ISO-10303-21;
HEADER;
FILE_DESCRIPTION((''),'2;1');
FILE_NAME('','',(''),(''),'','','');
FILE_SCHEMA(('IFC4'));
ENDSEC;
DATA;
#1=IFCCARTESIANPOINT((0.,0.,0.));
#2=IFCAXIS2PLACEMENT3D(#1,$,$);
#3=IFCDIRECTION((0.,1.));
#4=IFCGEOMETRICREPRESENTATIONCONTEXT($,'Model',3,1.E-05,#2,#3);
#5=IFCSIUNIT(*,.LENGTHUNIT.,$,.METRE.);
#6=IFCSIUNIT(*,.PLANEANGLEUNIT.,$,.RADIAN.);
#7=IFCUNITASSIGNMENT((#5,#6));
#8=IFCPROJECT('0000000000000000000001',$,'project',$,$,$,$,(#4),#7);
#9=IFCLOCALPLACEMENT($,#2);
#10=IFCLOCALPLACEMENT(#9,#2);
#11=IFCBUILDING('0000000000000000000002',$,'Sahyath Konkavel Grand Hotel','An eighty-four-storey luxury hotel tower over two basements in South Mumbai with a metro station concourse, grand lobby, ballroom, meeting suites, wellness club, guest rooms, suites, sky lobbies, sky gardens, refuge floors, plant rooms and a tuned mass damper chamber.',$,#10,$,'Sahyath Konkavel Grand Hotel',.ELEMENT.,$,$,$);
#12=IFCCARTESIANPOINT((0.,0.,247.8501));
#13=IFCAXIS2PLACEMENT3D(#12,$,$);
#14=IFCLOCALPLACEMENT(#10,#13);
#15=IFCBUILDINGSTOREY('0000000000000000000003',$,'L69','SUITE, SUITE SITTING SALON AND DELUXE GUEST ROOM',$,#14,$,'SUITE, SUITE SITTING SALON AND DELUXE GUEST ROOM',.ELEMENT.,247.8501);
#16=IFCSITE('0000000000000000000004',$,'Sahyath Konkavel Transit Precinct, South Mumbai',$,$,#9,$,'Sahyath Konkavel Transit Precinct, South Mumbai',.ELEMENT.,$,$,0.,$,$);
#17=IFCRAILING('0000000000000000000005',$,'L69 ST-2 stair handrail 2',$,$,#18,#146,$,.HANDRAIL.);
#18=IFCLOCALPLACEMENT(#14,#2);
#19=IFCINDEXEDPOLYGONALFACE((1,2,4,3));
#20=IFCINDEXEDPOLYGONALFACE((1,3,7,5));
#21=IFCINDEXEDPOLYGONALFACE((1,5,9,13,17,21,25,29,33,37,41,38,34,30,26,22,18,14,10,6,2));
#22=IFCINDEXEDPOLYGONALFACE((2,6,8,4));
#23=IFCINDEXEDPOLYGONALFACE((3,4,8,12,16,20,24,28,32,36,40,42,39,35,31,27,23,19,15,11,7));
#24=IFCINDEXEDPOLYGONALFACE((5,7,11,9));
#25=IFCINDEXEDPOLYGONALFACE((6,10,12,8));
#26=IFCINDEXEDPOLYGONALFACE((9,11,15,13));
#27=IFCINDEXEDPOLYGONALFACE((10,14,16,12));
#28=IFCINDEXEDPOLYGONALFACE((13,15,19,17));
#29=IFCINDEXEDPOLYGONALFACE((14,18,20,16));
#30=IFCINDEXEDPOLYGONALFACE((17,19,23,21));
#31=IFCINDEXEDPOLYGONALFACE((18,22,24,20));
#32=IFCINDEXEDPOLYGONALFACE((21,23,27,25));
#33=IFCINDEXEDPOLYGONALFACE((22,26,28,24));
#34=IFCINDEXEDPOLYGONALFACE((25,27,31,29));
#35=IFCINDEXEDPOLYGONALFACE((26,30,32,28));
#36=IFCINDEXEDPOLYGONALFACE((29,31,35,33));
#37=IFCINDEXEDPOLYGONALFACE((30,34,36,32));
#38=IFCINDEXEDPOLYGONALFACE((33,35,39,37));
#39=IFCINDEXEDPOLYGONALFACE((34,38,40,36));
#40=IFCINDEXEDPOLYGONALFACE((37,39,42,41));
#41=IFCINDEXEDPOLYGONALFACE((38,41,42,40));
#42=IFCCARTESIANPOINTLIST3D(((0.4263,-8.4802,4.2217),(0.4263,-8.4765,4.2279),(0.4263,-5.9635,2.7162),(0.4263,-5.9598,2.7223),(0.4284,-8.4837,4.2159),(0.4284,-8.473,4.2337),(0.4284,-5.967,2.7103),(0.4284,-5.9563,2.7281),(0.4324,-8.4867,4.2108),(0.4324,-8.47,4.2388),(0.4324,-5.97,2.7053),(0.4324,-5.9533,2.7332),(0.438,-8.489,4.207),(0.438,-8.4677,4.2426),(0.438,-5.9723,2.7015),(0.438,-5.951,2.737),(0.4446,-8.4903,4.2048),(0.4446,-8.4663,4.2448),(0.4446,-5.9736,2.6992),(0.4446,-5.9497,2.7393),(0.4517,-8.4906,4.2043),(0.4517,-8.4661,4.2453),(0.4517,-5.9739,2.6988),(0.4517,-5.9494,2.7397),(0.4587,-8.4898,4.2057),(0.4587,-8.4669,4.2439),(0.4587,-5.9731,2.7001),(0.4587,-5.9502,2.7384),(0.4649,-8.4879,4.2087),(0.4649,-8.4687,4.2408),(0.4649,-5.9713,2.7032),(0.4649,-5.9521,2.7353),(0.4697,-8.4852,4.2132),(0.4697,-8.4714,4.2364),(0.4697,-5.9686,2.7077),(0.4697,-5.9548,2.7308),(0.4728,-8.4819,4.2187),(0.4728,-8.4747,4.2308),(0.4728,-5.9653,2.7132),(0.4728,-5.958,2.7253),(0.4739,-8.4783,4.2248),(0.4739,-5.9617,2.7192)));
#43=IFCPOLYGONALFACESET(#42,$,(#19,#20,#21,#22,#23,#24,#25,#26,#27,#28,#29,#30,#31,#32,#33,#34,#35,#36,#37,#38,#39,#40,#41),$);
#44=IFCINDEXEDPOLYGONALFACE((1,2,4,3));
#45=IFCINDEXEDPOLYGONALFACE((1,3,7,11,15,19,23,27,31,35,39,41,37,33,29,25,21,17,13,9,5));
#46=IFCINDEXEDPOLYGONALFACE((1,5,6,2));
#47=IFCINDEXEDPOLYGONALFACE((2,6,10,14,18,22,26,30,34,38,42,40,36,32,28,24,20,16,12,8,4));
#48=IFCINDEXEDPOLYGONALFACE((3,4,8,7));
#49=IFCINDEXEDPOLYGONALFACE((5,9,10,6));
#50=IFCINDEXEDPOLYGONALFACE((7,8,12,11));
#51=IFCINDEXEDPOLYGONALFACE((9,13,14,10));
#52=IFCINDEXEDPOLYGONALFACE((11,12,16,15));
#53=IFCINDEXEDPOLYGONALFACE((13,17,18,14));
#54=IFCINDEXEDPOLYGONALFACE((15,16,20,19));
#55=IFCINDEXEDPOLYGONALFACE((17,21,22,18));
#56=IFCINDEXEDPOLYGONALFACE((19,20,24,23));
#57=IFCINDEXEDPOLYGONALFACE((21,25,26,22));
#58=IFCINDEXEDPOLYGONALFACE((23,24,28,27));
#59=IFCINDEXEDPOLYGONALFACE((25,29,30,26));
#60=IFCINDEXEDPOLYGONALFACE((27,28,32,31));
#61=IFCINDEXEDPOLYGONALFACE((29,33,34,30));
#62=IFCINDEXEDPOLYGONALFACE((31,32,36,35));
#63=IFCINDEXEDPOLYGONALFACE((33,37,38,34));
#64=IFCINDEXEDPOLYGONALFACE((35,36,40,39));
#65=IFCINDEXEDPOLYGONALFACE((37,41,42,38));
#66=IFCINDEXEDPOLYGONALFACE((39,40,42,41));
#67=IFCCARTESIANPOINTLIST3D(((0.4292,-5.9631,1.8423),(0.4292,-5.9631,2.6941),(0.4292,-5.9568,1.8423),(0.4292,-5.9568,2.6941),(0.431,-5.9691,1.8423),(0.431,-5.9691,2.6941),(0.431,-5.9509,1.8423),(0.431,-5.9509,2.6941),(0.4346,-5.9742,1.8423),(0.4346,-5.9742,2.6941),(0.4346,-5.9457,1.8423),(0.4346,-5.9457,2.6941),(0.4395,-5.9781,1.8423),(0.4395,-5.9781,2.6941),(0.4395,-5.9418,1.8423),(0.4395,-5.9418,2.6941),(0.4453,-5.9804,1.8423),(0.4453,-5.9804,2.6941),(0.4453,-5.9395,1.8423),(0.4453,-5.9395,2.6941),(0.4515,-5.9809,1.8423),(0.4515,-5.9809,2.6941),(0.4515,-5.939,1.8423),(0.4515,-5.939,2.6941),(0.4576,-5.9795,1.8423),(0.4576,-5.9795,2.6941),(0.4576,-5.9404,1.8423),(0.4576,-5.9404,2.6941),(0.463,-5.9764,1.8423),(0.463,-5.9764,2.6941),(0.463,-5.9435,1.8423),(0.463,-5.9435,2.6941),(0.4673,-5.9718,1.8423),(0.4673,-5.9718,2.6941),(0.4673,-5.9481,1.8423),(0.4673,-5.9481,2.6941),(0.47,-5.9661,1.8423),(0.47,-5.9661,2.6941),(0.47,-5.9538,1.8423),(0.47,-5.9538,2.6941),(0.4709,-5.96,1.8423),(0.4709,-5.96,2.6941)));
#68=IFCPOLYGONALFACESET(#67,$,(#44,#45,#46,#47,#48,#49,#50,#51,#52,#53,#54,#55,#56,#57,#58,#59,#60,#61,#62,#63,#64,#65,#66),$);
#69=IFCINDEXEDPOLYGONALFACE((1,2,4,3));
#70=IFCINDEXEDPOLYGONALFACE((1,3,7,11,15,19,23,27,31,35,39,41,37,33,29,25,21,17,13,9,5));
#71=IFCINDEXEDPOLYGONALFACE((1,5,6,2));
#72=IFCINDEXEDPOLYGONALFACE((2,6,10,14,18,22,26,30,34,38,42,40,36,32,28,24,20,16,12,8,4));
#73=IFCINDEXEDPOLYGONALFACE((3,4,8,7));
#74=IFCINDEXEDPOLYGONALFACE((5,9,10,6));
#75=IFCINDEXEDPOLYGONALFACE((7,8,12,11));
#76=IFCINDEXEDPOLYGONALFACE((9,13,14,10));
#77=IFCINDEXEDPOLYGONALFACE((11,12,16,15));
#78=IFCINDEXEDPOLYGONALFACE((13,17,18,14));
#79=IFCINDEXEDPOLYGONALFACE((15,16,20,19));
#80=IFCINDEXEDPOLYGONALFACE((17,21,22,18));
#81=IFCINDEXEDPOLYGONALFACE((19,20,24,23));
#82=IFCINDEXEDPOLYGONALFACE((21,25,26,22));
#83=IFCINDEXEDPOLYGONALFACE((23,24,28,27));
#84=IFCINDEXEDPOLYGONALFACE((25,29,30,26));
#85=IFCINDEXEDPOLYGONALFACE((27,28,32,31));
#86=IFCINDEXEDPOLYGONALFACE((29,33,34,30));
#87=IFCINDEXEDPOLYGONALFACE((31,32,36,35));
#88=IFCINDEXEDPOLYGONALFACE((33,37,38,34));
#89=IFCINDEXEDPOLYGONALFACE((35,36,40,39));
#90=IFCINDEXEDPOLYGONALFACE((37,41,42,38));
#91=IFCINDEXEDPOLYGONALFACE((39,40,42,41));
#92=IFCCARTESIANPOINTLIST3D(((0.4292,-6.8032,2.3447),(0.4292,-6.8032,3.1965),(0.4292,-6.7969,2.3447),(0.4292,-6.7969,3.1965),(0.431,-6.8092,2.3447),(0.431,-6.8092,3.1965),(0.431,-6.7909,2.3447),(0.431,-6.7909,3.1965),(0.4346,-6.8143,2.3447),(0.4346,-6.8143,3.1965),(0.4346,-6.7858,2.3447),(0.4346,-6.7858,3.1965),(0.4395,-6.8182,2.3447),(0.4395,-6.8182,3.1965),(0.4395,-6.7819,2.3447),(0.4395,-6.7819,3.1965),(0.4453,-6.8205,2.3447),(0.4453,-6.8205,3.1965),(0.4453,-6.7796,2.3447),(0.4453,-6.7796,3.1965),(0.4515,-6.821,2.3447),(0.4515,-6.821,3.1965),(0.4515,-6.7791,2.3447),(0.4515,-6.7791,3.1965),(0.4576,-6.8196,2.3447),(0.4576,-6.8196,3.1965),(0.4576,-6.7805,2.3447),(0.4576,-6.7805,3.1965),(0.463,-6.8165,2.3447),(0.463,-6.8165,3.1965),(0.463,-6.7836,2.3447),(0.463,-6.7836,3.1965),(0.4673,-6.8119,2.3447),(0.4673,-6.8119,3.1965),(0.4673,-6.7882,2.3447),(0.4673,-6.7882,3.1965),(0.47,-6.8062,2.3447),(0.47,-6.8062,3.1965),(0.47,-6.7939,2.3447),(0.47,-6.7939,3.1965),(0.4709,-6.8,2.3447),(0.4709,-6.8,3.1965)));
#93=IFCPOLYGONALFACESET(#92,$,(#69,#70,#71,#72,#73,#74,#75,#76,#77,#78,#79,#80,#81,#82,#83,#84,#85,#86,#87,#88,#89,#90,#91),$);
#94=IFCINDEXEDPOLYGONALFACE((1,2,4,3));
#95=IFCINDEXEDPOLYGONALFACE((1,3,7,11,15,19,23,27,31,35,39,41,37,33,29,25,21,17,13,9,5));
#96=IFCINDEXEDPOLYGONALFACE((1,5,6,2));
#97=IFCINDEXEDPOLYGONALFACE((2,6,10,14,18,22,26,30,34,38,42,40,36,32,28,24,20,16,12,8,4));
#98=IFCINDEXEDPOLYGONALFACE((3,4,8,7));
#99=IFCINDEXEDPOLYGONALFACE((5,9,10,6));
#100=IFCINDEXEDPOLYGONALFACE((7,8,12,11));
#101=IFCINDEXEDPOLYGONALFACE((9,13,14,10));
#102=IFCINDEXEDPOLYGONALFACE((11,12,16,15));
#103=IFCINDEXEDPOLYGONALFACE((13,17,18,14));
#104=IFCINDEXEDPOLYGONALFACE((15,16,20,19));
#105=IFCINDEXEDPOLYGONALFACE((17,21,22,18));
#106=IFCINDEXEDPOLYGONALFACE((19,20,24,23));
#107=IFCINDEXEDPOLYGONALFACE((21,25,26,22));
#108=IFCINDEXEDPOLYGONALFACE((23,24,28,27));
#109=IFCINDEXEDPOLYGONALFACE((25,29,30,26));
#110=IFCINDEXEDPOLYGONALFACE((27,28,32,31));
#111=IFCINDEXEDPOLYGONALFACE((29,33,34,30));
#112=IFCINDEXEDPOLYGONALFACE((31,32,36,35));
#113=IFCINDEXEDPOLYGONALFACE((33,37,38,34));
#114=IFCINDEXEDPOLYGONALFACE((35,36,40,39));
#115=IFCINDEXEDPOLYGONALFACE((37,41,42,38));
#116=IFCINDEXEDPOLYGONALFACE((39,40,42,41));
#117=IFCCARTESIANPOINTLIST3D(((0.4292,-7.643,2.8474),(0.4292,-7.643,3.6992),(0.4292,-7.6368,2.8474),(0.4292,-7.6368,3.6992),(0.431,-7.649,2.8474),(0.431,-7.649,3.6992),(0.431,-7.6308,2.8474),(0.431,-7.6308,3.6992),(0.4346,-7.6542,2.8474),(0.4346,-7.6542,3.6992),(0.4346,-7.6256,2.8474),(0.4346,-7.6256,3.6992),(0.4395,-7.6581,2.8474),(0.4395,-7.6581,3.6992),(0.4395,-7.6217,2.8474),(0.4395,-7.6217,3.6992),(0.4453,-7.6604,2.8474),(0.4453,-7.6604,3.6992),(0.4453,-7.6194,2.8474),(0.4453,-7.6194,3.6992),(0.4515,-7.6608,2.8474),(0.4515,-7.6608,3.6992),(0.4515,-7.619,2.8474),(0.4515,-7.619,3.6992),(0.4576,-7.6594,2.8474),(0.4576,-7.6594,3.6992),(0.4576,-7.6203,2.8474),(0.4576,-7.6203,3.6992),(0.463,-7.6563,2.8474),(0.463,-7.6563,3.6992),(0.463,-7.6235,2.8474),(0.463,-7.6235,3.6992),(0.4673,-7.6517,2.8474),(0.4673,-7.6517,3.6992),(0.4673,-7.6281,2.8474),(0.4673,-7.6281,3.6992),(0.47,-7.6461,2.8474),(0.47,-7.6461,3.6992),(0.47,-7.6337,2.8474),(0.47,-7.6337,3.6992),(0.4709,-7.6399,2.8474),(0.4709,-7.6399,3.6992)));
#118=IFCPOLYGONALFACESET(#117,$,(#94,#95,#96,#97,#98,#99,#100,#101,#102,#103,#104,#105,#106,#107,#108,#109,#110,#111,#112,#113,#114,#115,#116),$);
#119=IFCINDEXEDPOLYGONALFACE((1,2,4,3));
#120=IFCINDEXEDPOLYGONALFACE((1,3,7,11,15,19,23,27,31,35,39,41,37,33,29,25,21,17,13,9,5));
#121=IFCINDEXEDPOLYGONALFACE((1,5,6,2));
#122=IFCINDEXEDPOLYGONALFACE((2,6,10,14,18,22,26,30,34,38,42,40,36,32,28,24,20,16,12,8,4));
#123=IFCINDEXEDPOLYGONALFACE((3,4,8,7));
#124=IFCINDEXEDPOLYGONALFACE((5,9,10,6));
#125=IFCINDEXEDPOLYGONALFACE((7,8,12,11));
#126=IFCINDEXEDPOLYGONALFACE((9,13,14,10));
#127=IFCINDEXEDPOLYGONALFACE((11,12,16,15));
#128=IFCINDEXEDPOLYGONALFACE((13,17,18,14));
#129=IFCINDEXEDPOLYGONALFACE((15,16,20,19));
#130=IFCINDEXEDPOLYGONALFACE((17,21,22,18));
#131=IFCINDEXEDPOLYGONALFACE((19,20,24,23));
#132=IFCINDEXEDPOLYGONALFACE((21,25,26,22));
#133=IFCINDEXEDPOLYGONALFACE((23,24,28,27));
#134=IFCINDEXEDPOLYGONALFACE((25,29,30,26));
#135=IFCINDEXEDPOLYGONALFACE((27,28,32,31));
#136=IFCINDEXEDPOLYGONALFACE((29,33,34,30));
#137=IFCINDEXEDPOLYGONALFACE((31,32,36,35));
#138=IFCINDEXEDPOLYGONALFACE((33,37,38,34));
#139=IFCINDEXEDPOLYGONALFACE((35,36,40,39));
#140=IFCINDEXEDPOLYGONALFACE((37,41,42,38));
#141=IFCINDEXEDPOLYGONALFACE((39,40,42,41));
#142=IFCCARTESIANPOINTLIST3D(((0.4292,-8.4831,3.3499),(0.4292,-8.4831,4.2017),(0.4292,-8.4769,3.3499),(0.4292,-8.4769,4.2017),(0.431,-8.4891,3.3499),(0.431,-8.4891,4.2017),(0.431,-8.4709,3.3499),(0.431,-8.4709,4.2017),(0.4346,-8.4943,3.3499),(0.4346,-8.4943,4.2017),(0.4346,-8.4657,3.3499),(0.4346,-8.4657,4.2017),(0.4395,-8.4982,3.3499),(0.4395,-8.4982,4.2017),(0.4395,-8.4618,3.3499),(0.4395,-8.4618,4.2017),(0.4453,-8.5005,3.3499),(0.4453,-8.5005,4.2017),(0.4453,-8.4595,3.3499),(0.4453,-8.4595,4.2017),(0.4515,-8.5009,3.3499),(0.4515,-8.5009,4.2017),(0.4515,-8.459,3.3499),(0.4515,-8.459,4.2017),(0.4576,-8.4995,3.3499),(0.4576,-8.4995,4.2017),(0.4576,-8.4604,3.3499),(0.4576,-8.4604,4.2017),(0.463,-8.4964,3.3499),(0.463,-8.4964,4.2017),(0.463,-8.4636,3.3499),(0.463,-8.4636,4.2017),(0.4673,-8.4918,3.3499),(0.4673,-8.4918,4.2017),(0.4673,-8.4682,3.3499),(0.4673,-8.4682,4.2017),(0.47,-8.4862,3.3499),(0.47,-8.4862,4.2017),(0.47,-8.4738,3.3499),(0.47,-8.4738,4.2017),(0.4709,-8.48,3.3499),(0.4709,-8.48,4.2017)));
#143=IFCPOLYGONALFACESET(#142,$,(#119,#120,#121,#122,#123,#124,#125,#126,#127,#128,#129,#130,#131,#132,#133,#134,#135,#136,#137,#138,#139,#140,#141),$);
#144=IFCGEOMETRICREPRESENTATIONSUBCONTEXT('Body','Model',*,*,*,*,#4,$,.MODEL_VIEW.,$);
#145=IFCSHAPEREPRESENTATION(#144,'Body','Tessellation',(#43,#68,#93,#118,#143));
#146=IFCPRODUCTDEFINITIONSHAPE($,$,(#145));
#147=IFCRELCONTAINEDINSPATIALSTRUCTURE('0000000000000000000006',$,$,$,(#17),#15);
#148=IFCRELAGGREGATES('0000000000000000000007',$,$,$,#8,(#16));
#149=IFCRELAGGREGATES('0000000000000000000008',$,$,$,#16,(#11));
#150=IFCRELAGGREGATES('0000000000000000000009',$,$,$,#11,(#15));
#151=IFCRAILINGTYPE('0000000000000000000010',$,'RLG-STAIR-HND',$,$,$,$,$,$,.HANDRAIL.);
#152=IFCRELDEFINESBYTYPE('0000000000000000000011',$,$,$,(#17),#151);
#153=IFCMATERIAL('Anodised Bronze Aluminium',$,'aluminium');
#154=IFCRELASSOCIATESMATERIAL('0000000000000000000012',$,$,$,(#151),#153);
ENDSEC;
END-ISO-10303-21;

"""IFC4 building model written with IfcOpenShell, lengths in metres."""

from ifc_helpers import new_model, si_unit, direction, frame, origin, origin_2d, place, context, subcontext, project, spatial, circle, extrude, material, type_object, element, save


model = new_model("IFC4")

# Units and contexts
model_context = context("Model", 3, precision=1e-05, world=origin(), true_north=direction((0.0, 1.0)))
body_context = subcontext(model_context, "Body", "Model", "MODEL_VIEW")
ifc_project = project(units=[si_unit("LENGTHUNIT", "METRE"), si_unit("PLANEANGLEUNIT", "RADIAN")], contexts=[model_context])

# Site, building, storey
site_placement = place(None, origin())
site = spatial("IfcSite", under=ifc_project, at=site_placement, Name="Sahyath Konkavel Transit Precinct, South Mumbai", LongName="Sahyath Konkavel Transit Precinct, South Mumbai", CompositionType="ELEMENT", RefElevation=0.0)
building_placement = place(site_placement, origin())
building = spatial("IfcBuilding", under=site, at=building_placement, Name="Sahyath Konkavel Grand Hotel", Description="An eighty-four-storey luxury hotel tower over two basements in South Mumbai with a metro station concourse, grand lobby, ballroom, meeting suites, wellness club, guest rooms, suites, sky lobbies, sky gardens, refuge floors, plant rooms and a tuned mass damper chamber.", LongName="Sahyath Konkavel Grand Hotel", CompositionType="ELEMENT")
storey_placement = place(building_placement, frame((0.0, 0.0, 247.8501)))
storey = spatial("IfcBuildingStorey", under=building, at=storey_placement, Name="L69", Description="SUITE, SUITE SITTING SALON AND DELUXE GUEST ROOM", LongName="SUITE, SUITE SITTING SALON AND DELUXE GUEST ROOM", CompositionType="ELEMENT", Elevation=247.8501)

# Shared definitions
ifc_material_1 = material(Name="Anodised Bronze Aluminium", Category="aluminium")

# Railing
railing_type_1 = type_object("IfcRailingType", Name="RLG-STAIR-HND", PredefinedType="HANDRAIL", material=ifc_material_1)
railing_1_placement = place(storey_placement, frame((0.45, -5.96, 1.8423)))
element("IfcRailing", 1, at=railing_1_placement, inside=storey, type_object=railing_type_1, Name="L69 ST-2 stair handrail 2", PredefinedType="HANDRAIL", context=body_context, shape_type="SweptSolid", body=[
    extrude(circle(Radius=0.0239, at=origin_2d()), frame((0.0, -0.0017, 0.877), z_axis=(0.0, -0.85816, 0.513383), x_axis=(1.0, 0.0, 0.0)), (0.0, 0.0, 1.0), 2.9326),
    extrude(circle(Radius=0.021, at=origin_2d()), origin(), (0.0, 0.0, 1.0), 0.8518),
    extrude(circle(Radius=0.021, at=origin_2d()), frame((0.0, -0.8401, 0.5024)), (0.0, 0.0, 1.0), 0.8518),
    extrude(circle(Radius=0.021, at=origin_2d()), frame((0.0, -1.6799, 1.0051)), (0.0, 0.0, 1.0), 0.8518),
    extrude(circle(Radius=0.021, at=origin_2d()), frame((0.0, -2.52, 1.5076)), (0.0, 0.0, 1.0), 0.8518),
])

save(model, "model.ifc")
